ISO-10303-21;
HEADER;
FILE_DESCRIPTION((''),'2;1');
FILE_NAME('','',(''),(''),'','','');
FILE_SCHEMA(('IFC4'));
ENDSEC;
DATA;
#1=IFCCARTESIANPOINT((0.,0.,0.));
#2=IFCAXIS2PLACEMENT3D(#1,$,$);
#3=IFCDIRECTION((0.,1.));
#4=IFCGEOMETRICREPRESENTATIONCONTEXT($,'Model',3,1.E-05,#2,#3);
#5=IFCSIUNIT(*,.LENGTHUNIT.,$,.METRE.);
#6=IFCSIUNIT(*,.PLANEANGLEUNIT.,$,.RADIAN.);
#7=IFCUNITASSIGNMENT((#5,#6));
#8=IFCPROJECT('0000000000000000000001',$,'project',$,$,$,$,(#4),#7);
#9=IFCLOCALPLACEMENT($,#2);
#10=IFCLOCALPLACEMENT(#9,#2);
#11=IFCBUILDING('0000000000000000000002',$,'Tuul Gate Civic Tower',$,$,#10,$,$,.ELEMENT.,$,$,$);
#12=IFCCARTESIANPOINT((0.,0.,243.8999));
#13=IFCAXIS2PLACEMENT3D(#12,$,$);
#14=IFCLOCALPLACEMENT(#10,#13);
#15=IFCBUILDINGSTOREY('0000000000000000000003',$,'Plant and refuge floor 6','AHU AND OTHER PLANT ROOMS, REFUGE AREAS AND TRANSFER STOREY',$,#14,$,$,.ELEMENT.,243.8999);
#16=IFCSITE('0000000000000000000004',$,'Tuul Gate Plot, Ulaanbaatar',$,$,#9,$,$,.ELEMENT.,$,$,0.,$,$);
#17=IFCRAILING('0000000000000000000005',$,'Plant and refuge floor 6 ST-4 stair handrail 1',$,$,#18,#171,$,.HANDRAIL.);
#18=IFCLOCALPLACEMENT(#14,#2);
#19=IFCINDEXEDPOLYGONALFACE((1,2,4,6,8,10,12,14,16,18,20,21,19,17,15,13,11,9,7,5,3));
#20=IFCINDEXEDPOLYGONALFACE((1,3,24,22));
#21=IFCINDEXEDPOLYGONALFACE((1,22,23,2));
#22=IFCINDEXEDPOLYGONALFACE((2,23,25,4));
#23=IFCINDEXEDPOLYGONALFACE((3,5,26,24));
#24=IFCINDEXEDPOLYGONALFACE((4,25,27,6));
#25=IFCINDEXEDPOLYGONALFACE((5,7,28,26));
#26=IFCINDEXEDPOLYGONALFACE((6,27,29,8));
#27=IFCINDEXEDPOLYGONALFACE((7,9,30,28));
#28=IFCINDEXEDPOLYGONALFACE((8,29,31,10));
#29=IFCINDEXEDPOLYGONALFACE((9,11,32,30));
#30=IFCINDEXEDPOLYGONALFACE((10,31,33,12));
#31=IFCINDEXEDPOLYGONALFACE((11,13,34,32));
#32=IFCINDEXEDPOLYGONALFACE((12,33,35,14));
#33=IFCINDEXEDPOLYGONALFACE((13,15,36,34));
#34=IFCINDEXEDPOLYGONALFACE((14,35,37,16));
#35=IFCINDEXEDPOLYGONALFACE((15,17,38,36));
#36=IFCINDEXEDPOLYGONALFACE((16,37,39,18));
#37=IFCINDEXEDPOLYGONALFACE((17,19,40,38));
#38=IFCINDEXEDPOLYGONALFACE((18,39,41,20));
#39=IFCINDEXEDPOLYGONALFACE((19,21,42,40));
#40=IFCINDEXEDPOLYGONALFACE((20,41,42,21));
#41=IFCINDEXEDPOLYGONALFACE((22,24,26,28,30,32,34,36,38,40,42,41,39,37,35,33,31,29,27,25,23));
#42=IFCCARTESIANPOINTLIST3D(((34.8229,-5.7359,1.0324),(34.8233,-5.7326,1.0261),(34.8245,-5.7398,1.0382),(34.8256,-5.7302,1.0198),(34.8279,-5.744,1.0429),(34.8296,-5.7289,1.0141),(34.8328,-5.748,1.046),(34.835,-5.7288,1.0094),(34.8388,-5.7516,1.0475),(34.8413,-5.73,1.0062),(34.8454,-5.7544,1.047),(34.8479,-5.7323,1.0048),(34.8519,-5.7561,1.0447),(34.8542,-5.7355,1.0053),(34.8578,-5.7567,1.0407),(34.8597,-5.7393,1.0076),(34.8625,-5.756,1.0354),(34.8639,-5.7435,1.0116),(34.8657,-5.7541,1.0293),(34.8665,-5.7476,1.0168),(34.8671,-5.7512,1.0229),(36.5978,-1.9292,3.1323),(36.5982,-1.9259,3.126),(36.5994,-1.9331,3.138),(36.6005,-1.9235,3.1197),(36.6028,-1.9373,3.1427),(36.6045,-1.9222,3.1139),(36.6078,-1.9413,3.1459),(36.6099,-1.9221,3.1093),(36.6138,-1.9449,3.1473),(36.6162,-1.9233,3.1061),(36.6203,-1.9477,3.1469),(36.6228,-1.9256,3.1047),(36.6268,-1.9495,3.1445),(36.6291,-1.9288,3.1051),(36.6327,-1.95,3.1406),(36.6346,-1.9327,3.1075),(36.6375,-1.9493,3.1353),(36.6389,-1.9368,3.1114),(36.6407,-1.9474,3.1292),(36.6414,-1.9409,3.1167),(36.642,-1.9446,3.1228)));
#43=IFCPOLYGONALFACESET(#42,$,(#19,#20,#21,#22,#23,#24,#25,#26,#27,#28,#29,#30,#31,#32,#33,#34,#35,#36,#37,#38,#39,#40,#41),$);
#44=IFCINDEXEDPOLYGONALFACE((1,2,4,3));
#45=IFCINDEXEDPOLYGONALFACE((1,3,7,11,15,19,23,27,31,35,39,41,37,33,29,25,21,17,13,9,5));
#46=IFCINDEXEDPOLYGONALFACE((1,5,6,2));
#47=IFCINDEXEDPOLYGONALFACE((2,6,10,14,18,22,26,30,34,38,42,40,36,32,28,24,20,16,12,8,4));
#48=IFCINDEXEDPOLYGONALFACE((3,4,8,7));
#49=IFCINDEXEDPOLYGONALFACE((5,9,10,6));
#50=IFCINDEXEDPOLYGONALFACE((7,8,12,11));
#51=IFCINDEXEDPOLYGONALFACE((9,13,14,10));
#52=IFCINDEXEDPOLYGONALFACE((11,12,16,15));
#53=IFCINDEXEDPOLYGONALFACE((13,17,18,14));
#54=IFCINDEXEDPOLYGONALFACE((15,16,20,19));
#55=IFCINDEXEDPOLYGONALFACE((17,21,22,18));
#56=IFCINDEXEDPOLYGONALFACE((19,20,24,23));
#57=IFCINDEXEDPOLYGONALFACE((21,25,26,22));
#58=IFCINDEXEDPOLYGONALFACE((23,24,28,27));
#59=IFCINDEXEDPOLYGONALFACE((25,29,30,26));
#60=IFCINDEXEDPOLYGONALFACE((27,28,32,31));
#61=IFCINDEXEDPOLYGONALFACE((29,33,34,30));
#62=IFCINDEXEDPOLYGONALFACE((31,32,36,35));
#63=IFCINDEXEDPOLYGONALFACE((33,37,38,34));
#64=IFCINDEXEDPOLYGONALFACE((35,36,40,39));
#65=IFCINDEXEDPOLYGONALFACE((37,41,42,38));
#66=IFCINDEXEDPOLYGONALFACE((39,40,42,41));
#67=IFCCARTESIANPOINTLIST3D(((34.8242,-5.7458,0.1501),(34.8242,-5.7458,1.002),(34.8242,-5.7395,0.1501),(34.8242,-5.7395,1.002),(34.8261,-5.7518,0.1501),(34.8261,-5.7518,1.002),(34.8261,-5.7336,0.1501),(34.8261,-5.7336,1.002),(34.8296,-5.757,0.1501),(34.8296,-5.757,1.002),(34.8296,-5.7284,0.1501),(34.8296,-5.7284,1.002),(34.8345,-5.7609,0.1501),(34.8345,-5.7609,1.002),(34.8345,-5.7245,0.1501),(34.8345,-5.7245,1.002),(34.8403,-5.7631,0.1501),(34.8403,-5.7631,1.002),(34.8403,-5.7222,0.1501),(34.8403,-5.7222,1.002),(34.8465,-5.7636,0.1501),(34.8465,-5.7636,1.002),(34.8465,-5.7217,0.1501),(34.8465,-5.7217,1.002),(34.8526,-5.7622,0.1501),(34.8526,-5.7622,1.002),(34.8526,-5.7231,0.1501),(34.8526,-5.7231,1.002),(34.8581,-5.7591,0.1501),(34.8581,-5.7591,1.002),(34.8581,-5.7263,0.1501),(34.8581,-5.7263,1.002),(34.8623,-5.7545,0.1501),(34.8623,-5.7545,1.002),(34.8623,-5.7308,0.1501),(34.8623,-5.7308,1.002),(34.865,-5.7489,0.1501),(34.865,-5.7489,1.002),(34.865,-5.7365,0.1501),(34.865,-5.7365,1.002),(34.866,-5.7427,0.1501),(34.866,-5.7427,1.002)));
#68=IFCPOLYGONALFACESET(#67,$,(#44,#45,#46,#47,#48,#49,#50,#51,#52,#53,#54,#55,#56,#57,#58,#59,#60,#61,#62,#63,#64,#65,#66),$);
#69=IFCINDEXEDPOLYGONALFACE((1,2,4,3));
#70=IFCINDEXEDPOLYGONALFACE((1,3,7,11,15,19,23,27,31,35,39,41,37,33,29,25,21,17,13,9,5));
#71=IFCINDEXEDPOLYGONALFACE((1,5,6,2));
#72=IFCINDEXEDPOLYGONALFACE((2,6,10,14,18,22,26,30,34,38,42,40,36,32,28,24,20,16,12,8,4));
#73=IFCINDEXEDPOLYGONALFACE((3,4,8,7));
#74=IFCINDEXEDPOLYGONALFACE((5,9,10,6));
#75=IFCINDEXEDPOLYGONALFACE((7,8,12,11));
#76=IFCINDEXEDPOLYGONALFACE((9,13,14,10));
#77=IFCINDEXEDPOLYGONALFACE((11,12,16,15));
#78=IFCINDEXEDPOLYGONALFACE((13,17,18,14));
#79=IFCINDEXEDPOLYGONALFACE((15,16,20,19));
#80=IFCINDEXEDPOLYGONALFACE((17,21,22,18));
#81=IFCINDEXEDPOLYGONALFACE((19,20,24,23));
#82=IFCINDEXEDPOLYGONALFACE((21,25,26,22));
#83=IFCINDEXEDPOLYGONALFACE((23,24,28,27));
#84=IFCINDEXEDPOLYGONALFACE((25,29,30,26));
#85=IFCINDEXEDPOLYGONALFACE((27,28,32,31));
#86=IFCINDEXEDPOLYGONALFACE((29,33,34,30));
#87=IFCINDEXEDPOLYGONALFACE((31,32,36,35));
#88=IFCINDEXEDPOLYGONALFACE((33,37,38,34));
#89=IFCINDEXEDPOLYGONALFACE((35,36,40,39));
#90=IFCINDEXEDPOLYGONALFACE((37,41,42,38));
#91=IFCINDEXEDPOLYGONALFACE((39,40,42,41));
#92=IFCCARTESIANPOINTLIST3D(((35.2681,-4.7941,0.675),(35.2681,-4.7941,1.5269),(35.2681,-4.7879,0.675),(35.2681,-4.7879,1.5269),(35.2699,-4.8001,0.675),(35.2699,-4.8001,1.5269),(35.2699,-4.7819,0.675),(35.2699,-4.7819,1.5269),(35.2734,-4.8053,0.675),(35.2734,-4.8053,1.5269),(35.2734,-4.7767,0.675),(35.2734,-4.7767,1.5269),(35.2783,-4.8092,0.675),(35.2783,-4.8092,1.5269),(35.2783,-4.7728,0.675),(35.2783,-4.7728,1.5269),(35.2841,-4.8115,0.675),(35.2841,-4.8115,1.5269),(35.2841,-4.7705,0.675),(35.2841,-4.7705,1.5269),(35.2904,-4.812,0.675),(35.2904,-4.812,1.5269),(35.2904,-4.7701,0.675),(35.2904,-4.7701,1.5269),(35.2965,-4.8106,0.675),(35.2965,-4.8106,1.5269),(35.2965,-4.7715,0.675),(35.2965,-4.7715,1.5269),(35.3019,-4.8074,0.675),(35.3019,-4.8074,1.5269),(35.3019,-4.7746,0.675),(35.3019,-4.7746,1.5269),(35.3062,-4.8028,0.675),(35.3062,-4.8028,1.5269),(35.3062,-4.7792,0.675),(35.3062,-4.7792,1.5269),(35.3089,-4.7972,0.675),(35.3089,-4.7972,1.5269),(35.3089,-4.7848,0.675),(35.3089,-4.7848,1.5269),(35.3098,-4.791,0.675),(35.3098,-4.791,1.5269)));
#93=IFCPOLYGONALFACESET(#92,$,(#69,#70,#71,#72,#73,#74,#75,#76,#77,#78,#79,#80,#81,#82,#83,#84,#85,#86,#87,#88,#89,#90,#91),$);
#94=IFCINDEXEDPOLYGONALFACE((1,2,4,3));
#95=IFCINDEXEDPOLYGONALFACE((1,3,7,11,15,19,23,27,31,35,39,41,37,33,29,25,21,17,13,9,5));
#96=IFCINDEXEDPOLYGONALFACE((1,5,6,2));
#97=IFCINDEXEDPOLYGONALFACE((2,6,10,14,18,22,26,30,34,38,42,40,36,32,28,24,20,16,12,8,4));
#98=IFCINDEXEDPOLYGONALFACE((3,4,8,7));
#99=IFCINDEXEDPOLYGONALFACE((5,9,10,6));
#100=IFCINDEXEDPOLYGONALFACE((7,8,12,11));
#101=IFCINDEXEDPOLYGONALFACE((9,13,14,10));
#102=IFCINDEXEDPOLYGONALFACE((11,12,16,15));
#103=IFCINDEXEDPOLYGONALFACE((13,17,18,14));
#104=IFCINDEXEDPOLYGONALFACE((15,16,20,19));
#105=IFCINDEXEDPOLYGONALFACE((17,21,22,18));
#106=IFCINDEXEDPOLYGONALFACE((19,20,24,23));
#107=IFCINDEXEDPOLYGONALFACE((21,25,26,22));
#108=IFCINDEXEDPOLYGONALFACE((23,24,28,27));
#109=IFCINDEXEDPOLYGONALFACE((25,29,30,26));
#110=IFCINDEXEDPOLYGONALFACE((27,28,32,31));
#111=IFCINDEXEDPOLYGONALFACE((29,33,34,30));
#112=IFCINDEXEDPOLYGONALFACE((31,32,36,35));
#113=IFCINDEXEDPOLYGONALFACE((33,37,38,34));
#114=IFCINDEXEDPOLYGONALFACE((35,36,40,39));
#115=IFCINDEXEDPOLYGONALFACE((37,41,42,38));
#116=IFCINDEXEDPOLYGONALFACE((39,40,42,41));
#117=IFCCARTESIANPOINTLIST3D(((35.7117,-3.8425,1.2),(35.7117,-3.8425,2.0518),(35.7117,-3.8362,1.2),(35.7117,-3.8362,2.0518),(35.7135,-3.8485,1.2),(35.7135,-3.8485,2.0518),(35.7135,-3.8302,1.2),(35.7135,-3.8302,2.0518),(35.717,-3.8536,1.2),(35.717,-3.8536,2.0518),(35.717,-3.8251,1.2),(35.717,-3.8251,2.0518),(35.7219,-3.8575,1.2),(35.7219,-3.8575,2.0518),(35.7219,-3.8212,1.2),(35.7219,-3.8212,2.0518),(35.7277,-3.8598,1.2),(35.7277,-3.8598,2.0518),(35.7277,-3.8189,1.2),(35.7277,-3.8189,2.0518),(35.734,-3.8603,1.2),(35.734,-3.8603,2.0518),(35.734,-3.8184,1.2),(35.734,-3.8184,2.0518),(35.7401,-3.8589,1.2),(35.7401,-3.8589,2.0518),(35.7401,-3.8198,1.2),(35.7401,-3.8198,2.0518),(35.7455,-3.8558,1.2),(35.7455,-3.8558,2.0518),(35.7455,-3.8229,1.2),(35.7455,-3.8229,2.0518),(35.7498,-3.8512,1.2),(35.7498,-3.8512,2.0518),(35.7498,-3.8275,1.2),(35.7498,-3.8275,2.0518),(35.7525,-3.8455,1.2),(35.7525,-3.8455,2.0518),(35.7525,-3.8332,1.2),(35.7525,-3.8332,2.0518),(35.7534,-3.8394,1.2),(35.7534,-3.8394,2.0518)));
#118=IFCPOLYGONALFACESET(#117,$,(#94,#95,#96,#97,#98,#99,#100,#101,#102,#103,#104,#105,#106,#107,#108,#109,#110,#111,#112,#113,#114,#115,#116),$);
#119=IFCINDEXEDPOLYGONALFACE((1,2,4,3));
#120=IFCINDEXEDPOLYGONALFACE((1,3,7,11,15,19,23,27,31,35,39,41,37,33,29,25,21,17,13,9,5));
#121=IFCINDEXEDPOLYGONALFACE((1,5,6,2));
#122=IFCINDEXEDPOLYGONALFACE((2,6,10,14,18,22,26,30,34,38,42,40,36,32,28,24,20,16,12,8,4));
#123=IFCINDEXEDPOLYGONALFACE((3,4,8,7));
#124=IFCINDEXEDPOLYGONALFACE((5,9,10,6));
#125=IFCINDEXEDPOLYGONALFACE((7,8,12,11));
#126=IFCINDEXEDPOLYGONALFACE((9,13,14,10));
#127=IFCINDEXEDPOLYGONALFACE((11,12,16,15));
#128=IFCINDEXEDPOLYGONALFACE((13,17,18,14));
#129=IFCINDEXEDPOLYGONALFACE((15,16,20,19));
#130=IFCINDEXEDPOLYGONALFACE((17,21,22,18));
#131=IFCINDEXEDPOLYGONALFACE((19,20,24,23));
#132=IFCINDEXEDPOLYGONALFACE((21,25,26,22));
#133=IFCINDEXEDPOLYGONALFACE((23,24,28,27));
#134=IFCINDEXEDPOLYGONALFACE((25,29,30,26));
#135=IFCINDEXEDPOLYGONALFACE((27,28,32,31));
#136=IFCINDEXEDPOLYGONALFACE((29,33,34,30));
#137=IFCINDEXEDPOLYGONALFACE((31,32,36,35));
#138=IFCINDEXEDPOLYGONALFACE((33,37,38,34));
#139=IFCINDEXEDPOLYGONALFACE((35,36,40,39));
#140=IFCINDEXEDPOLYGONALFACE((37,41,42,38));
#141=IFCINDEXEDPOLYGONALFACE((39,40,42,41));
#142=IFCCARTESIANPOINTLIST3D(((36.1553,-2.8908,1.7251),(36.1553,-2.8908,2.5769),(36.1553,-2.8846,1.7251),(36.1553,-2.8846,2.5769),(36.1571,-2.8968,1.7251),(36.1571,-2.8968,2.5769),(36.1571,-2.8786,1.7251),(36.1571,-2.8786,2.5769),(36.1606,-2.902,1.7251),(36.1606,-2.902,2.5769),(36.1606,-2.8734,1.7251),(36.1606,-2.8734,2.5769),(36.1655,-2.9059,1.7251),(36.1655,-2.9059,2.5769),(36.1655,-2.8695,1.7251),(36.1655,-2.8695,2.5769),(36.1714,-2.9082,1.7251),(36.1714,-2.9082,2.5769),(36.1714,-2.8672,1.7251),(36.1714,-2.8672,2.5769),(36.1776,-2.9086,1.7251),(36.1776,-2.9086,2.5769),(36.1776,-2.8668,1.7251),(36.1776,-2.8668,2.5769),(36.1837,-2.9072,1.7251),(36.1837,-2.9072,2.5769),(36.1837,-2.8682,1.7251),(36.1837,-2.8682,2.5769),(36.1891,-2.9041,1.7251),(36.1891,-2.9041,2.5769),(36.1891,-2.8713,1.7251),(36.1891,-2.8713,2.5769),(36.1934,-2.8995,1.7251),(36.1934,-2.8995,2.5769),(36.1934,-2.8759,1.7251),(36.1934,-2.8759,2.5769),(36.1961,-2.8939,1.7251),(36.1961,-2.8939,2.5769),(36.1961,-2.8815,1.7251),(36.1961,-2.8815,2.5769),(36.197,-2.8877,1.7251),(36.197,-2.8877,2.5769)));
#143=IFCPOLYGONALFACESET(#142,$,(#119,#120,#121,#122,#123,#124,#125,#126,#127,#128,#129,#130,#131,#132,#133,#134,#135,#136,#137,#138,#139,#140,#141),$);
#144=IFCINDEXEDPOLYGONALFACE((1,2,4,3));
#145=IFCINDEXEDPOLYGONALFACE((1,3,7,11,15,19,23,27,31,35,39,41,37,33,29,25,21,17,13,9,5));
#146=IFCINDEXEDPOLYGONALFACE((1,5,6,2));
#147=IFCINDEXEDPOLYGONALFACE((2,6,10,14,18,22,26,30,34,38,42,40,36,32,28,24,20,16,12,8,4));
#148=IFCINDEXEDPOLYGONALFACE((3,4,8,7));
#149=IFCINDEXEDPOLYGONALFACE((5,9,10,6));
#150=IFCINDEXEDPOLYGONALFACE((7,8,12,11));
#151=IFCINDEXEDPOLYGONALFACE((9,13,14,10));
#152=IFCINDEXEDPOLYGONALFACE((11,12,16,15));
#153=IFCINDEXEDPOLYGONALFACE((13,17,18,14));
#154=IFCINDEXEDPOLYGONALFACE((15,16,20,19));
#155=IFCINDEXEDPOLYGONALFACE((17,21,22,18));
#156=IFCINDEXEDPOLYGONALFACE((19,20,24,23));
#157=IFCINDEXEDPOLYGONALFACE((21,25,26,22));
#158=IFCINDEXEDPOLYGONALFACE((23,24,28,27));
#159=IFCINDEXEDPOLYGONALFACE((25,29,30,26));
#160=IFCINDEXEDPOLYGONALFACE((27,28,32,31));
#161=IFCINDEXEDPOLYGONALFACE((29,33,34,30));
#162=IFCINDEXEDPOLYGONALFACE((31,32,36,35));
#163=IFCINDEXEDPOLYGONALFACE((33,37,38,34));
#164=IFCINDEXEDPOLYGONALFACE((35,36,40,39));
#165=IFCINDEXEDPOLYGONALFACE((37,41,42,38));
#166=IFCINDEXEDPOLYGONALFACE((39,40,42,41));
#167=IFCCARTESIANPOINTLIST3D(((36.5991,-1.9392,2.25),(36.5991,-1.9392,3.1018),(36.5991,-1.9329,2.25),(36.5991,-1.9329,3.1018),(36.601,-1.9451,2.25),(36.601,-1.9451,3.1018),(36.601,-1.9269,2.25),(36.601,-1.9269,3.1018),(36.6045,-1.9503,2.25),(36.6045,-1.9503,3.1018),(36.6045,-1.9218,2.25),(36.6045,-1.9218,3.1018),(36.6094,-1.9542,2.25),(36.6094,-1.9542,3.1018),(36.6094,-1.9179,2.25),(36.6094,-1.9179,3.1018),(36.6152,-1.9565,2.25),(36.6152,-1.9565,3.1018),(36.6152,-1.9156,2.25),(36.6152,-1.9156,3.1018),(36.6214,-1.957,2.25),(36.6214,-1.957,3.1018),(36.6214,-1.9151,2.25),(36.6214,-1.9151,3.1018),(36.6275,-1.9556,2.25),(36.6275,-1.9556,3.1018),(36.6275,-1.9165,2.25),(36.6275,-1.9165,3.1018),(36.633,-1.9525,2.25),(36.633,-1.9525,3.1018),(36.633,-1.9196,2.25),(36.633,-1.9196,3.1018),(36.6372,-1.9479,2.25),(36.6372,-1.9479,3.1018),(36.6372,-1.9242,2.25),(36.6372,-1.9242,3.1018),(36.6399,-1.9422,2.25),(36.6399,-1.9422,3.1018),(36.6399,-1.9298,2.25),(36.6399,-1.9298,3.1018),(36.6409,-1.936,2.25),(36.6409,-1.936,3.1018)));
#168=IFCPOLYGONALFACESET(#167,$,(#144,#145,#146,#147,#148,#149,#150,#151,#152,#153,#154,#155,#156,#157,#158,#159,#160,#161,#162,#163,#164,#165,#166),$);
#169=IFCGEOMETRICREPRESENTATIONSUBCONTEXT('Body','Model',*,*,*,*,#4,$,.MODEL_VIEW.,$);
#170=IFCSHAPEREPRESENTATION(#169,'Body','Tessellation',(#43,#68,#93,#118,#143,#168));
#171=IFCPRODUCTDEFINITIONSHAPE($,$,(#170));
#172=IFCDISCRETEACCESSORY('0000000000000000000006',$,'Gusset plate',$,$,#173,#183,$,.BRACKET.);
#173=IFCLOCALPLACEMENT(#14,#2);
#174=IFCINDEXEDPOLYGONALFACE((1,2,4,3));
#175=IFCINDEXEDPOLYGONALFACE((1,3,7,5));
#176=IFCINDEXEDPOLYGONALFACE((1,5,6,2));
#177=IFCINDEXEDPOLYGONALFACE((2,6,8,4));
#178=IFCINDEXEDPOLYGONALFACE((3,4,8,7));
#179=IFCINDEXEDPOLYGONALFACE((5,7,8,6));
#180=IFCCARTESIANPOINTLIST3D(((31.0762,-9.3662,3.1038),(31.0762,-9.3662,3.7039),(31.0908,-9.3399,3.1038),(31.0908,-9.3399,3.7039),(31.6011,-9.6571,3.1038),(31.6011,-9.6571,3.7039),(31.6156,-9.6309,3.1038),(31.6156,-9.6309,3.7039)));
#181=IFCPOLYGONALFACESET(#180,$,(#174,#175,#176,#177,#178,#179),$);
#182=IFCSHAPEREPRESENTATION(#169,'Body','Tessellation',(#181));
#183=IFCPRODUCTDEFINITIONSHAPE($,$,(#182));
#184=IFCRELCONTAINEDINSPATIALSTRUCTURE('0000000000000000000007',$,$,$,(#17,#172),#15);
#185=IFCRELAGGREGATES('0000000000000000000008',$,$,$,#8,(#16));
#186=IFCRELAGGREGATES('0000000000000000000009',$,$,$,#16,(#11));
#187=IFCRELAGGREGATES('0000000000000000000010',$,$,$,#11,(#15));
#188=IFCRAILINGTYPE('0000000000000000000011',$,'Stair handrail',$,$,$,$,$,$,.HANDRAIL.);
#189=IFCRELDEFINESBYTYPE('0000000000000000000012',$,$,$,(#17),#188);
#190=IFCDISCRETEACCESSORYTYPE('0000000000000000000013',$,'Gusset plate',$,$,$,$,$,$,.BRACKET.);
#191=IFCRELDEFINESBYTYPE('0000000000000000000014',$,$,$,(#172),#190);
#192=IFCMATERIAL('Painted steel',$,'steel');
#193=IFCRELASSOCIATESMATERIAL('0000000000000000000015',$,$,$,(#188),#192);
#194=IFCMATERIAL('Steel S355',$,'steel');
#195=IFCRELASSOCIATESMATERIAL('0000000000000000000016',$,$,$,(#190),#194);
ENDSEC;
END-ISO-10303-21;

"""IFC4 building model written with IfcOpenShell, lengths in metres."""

from ifc_helpers import new_model, si_unit, direction, frame, origin, origin_2d, place, context, subcontext, project, spatial, rectangle, circle, extrude, material, type_object, element, save


model = new_model("IFC4")

# Units and contexts
model_context = context("Model", 3, precision=1e-05, world=origin(), true_north=direction((0.0, 1.0)))
body_context = subcontext(model_context, "Body", "Model", "MODEL_VIEW")
ifc_project = project(units=[si_unit("LENGTHUNIT", "METRE"), si_unit("PLANEANGLEUNIT", "RADIAN")], contexts=[model_context])

# Site, building, storey
site_placement = place(None, origin())
site = spatial("IfcSite", under=ifc_project, at=site_placement, Name="Tuul Gate Plot, Ulaanbaatar", CompositionType="ELEMENT", RefElevation=0.0)
building_placement = place(site_placement, origin())
building = spatial("IfcBuilding", under=site, at=building_placement, Name="Tuul Gate Civic Tower", CompositionType="ELEMENT")
storey_placement = place(building_placement, frame((0.0, 0.0, 243.8999)))
storey = spatial("IfcBuildingStorey", under=building, at=storey_placement, Name="Plant and refuge floor 6", Description="AHU AND OTHER PLANT ROOMS, REFUGE AREAS AND TRANSFER STOREY", CompositionType="ELEMENT", Elevation=243.8999)

# Railing
ifc_material_1 = material(Name="Painted steel", Category="steel")
railing_type_1 = type_object("IfcRailingType", Name="Stair handrail", PredefinedType="HANDRAIL", material=ifc_material_1)
railing_1_placement = place(storey_placement, frame((34.845, -5.7427, 0.1501)))
element("IfcRailing", 1, at=railing_1_placement, inside=storey, type_object=railing_type_1, Name="Plant and refuge floor 6 ST-4 stair handrail 1", PredefinedType="HANDRAIL", context=body_context, shape_type="SweptSolid", body=[
    extrude(circle(Radius=0.0239, at=origin_2d()), frame((0.0, 0.0, 0.876), z_axis=(0.37798, 0.810655, 0.447181), x_axis=(-0.906323, 0.422586, 0.0)), (0.0, 0.0, 1.0), 4.6958),
    extrude(circle(Radius=0.021, at=origin_2d()), origin(), (0.0, 0.0, 1.0), 0.8518),
    extrude(circle(Radius=0.021, at=origin_2d()), frame((0.4438, 0.9517, 0.5249)), (0.0, 0.0, 1.0), 0.8518),
    extrude(circle(Radius=0.021, at=origin_2d()), frame((0.8875, 1.9033, 1.0498)), (0.0, 0.0, 1.0), 0.8518),
    extrude(circle(Radius=0.021, at=origin_2d()), frame((1.3311, 2.855, 1.575)), (0.0, 0.0, 1.0), 0.8518),
    extrude(circle(Radius=0.021, at=origin_2d()), frame((1.7749, 3.8066, 2.0999)), (0.0, 0.0, 1.0), 0.8518),
])

# Discrete accessory
ifc_material_2 = material(Name="Steel S355", Category="steel")
discrete_accessory_type = type_object("IfcDiscreteAccessoryType", Name="Gusset plate", PredefinedType="BRACKET", material=ifc_material_2)
discrete_accessory_placement = place(storey_placement, frame((31.3459, -9.4985, 3.1038), z_axis=(0.0, 0.0, 1.0), x_axis=(-0.874598, 0.484849, 0.0)))
element("IfcDiscreteAccessory", 2, at=discrete_accessory_placement, inside=storey, type_object=discrete_accessory_type, Name="Gusset plate", PredefinedType="BRACKET", context=body_context, shape_type="SweptSolid", body=[
    extrude(rectangle(XDim=0.6001, YDim=0.03, at=origin_2d()), origin(), (0.0, 0.0, 1.0), 0.6001),
])

save(model, "model.ifc")
